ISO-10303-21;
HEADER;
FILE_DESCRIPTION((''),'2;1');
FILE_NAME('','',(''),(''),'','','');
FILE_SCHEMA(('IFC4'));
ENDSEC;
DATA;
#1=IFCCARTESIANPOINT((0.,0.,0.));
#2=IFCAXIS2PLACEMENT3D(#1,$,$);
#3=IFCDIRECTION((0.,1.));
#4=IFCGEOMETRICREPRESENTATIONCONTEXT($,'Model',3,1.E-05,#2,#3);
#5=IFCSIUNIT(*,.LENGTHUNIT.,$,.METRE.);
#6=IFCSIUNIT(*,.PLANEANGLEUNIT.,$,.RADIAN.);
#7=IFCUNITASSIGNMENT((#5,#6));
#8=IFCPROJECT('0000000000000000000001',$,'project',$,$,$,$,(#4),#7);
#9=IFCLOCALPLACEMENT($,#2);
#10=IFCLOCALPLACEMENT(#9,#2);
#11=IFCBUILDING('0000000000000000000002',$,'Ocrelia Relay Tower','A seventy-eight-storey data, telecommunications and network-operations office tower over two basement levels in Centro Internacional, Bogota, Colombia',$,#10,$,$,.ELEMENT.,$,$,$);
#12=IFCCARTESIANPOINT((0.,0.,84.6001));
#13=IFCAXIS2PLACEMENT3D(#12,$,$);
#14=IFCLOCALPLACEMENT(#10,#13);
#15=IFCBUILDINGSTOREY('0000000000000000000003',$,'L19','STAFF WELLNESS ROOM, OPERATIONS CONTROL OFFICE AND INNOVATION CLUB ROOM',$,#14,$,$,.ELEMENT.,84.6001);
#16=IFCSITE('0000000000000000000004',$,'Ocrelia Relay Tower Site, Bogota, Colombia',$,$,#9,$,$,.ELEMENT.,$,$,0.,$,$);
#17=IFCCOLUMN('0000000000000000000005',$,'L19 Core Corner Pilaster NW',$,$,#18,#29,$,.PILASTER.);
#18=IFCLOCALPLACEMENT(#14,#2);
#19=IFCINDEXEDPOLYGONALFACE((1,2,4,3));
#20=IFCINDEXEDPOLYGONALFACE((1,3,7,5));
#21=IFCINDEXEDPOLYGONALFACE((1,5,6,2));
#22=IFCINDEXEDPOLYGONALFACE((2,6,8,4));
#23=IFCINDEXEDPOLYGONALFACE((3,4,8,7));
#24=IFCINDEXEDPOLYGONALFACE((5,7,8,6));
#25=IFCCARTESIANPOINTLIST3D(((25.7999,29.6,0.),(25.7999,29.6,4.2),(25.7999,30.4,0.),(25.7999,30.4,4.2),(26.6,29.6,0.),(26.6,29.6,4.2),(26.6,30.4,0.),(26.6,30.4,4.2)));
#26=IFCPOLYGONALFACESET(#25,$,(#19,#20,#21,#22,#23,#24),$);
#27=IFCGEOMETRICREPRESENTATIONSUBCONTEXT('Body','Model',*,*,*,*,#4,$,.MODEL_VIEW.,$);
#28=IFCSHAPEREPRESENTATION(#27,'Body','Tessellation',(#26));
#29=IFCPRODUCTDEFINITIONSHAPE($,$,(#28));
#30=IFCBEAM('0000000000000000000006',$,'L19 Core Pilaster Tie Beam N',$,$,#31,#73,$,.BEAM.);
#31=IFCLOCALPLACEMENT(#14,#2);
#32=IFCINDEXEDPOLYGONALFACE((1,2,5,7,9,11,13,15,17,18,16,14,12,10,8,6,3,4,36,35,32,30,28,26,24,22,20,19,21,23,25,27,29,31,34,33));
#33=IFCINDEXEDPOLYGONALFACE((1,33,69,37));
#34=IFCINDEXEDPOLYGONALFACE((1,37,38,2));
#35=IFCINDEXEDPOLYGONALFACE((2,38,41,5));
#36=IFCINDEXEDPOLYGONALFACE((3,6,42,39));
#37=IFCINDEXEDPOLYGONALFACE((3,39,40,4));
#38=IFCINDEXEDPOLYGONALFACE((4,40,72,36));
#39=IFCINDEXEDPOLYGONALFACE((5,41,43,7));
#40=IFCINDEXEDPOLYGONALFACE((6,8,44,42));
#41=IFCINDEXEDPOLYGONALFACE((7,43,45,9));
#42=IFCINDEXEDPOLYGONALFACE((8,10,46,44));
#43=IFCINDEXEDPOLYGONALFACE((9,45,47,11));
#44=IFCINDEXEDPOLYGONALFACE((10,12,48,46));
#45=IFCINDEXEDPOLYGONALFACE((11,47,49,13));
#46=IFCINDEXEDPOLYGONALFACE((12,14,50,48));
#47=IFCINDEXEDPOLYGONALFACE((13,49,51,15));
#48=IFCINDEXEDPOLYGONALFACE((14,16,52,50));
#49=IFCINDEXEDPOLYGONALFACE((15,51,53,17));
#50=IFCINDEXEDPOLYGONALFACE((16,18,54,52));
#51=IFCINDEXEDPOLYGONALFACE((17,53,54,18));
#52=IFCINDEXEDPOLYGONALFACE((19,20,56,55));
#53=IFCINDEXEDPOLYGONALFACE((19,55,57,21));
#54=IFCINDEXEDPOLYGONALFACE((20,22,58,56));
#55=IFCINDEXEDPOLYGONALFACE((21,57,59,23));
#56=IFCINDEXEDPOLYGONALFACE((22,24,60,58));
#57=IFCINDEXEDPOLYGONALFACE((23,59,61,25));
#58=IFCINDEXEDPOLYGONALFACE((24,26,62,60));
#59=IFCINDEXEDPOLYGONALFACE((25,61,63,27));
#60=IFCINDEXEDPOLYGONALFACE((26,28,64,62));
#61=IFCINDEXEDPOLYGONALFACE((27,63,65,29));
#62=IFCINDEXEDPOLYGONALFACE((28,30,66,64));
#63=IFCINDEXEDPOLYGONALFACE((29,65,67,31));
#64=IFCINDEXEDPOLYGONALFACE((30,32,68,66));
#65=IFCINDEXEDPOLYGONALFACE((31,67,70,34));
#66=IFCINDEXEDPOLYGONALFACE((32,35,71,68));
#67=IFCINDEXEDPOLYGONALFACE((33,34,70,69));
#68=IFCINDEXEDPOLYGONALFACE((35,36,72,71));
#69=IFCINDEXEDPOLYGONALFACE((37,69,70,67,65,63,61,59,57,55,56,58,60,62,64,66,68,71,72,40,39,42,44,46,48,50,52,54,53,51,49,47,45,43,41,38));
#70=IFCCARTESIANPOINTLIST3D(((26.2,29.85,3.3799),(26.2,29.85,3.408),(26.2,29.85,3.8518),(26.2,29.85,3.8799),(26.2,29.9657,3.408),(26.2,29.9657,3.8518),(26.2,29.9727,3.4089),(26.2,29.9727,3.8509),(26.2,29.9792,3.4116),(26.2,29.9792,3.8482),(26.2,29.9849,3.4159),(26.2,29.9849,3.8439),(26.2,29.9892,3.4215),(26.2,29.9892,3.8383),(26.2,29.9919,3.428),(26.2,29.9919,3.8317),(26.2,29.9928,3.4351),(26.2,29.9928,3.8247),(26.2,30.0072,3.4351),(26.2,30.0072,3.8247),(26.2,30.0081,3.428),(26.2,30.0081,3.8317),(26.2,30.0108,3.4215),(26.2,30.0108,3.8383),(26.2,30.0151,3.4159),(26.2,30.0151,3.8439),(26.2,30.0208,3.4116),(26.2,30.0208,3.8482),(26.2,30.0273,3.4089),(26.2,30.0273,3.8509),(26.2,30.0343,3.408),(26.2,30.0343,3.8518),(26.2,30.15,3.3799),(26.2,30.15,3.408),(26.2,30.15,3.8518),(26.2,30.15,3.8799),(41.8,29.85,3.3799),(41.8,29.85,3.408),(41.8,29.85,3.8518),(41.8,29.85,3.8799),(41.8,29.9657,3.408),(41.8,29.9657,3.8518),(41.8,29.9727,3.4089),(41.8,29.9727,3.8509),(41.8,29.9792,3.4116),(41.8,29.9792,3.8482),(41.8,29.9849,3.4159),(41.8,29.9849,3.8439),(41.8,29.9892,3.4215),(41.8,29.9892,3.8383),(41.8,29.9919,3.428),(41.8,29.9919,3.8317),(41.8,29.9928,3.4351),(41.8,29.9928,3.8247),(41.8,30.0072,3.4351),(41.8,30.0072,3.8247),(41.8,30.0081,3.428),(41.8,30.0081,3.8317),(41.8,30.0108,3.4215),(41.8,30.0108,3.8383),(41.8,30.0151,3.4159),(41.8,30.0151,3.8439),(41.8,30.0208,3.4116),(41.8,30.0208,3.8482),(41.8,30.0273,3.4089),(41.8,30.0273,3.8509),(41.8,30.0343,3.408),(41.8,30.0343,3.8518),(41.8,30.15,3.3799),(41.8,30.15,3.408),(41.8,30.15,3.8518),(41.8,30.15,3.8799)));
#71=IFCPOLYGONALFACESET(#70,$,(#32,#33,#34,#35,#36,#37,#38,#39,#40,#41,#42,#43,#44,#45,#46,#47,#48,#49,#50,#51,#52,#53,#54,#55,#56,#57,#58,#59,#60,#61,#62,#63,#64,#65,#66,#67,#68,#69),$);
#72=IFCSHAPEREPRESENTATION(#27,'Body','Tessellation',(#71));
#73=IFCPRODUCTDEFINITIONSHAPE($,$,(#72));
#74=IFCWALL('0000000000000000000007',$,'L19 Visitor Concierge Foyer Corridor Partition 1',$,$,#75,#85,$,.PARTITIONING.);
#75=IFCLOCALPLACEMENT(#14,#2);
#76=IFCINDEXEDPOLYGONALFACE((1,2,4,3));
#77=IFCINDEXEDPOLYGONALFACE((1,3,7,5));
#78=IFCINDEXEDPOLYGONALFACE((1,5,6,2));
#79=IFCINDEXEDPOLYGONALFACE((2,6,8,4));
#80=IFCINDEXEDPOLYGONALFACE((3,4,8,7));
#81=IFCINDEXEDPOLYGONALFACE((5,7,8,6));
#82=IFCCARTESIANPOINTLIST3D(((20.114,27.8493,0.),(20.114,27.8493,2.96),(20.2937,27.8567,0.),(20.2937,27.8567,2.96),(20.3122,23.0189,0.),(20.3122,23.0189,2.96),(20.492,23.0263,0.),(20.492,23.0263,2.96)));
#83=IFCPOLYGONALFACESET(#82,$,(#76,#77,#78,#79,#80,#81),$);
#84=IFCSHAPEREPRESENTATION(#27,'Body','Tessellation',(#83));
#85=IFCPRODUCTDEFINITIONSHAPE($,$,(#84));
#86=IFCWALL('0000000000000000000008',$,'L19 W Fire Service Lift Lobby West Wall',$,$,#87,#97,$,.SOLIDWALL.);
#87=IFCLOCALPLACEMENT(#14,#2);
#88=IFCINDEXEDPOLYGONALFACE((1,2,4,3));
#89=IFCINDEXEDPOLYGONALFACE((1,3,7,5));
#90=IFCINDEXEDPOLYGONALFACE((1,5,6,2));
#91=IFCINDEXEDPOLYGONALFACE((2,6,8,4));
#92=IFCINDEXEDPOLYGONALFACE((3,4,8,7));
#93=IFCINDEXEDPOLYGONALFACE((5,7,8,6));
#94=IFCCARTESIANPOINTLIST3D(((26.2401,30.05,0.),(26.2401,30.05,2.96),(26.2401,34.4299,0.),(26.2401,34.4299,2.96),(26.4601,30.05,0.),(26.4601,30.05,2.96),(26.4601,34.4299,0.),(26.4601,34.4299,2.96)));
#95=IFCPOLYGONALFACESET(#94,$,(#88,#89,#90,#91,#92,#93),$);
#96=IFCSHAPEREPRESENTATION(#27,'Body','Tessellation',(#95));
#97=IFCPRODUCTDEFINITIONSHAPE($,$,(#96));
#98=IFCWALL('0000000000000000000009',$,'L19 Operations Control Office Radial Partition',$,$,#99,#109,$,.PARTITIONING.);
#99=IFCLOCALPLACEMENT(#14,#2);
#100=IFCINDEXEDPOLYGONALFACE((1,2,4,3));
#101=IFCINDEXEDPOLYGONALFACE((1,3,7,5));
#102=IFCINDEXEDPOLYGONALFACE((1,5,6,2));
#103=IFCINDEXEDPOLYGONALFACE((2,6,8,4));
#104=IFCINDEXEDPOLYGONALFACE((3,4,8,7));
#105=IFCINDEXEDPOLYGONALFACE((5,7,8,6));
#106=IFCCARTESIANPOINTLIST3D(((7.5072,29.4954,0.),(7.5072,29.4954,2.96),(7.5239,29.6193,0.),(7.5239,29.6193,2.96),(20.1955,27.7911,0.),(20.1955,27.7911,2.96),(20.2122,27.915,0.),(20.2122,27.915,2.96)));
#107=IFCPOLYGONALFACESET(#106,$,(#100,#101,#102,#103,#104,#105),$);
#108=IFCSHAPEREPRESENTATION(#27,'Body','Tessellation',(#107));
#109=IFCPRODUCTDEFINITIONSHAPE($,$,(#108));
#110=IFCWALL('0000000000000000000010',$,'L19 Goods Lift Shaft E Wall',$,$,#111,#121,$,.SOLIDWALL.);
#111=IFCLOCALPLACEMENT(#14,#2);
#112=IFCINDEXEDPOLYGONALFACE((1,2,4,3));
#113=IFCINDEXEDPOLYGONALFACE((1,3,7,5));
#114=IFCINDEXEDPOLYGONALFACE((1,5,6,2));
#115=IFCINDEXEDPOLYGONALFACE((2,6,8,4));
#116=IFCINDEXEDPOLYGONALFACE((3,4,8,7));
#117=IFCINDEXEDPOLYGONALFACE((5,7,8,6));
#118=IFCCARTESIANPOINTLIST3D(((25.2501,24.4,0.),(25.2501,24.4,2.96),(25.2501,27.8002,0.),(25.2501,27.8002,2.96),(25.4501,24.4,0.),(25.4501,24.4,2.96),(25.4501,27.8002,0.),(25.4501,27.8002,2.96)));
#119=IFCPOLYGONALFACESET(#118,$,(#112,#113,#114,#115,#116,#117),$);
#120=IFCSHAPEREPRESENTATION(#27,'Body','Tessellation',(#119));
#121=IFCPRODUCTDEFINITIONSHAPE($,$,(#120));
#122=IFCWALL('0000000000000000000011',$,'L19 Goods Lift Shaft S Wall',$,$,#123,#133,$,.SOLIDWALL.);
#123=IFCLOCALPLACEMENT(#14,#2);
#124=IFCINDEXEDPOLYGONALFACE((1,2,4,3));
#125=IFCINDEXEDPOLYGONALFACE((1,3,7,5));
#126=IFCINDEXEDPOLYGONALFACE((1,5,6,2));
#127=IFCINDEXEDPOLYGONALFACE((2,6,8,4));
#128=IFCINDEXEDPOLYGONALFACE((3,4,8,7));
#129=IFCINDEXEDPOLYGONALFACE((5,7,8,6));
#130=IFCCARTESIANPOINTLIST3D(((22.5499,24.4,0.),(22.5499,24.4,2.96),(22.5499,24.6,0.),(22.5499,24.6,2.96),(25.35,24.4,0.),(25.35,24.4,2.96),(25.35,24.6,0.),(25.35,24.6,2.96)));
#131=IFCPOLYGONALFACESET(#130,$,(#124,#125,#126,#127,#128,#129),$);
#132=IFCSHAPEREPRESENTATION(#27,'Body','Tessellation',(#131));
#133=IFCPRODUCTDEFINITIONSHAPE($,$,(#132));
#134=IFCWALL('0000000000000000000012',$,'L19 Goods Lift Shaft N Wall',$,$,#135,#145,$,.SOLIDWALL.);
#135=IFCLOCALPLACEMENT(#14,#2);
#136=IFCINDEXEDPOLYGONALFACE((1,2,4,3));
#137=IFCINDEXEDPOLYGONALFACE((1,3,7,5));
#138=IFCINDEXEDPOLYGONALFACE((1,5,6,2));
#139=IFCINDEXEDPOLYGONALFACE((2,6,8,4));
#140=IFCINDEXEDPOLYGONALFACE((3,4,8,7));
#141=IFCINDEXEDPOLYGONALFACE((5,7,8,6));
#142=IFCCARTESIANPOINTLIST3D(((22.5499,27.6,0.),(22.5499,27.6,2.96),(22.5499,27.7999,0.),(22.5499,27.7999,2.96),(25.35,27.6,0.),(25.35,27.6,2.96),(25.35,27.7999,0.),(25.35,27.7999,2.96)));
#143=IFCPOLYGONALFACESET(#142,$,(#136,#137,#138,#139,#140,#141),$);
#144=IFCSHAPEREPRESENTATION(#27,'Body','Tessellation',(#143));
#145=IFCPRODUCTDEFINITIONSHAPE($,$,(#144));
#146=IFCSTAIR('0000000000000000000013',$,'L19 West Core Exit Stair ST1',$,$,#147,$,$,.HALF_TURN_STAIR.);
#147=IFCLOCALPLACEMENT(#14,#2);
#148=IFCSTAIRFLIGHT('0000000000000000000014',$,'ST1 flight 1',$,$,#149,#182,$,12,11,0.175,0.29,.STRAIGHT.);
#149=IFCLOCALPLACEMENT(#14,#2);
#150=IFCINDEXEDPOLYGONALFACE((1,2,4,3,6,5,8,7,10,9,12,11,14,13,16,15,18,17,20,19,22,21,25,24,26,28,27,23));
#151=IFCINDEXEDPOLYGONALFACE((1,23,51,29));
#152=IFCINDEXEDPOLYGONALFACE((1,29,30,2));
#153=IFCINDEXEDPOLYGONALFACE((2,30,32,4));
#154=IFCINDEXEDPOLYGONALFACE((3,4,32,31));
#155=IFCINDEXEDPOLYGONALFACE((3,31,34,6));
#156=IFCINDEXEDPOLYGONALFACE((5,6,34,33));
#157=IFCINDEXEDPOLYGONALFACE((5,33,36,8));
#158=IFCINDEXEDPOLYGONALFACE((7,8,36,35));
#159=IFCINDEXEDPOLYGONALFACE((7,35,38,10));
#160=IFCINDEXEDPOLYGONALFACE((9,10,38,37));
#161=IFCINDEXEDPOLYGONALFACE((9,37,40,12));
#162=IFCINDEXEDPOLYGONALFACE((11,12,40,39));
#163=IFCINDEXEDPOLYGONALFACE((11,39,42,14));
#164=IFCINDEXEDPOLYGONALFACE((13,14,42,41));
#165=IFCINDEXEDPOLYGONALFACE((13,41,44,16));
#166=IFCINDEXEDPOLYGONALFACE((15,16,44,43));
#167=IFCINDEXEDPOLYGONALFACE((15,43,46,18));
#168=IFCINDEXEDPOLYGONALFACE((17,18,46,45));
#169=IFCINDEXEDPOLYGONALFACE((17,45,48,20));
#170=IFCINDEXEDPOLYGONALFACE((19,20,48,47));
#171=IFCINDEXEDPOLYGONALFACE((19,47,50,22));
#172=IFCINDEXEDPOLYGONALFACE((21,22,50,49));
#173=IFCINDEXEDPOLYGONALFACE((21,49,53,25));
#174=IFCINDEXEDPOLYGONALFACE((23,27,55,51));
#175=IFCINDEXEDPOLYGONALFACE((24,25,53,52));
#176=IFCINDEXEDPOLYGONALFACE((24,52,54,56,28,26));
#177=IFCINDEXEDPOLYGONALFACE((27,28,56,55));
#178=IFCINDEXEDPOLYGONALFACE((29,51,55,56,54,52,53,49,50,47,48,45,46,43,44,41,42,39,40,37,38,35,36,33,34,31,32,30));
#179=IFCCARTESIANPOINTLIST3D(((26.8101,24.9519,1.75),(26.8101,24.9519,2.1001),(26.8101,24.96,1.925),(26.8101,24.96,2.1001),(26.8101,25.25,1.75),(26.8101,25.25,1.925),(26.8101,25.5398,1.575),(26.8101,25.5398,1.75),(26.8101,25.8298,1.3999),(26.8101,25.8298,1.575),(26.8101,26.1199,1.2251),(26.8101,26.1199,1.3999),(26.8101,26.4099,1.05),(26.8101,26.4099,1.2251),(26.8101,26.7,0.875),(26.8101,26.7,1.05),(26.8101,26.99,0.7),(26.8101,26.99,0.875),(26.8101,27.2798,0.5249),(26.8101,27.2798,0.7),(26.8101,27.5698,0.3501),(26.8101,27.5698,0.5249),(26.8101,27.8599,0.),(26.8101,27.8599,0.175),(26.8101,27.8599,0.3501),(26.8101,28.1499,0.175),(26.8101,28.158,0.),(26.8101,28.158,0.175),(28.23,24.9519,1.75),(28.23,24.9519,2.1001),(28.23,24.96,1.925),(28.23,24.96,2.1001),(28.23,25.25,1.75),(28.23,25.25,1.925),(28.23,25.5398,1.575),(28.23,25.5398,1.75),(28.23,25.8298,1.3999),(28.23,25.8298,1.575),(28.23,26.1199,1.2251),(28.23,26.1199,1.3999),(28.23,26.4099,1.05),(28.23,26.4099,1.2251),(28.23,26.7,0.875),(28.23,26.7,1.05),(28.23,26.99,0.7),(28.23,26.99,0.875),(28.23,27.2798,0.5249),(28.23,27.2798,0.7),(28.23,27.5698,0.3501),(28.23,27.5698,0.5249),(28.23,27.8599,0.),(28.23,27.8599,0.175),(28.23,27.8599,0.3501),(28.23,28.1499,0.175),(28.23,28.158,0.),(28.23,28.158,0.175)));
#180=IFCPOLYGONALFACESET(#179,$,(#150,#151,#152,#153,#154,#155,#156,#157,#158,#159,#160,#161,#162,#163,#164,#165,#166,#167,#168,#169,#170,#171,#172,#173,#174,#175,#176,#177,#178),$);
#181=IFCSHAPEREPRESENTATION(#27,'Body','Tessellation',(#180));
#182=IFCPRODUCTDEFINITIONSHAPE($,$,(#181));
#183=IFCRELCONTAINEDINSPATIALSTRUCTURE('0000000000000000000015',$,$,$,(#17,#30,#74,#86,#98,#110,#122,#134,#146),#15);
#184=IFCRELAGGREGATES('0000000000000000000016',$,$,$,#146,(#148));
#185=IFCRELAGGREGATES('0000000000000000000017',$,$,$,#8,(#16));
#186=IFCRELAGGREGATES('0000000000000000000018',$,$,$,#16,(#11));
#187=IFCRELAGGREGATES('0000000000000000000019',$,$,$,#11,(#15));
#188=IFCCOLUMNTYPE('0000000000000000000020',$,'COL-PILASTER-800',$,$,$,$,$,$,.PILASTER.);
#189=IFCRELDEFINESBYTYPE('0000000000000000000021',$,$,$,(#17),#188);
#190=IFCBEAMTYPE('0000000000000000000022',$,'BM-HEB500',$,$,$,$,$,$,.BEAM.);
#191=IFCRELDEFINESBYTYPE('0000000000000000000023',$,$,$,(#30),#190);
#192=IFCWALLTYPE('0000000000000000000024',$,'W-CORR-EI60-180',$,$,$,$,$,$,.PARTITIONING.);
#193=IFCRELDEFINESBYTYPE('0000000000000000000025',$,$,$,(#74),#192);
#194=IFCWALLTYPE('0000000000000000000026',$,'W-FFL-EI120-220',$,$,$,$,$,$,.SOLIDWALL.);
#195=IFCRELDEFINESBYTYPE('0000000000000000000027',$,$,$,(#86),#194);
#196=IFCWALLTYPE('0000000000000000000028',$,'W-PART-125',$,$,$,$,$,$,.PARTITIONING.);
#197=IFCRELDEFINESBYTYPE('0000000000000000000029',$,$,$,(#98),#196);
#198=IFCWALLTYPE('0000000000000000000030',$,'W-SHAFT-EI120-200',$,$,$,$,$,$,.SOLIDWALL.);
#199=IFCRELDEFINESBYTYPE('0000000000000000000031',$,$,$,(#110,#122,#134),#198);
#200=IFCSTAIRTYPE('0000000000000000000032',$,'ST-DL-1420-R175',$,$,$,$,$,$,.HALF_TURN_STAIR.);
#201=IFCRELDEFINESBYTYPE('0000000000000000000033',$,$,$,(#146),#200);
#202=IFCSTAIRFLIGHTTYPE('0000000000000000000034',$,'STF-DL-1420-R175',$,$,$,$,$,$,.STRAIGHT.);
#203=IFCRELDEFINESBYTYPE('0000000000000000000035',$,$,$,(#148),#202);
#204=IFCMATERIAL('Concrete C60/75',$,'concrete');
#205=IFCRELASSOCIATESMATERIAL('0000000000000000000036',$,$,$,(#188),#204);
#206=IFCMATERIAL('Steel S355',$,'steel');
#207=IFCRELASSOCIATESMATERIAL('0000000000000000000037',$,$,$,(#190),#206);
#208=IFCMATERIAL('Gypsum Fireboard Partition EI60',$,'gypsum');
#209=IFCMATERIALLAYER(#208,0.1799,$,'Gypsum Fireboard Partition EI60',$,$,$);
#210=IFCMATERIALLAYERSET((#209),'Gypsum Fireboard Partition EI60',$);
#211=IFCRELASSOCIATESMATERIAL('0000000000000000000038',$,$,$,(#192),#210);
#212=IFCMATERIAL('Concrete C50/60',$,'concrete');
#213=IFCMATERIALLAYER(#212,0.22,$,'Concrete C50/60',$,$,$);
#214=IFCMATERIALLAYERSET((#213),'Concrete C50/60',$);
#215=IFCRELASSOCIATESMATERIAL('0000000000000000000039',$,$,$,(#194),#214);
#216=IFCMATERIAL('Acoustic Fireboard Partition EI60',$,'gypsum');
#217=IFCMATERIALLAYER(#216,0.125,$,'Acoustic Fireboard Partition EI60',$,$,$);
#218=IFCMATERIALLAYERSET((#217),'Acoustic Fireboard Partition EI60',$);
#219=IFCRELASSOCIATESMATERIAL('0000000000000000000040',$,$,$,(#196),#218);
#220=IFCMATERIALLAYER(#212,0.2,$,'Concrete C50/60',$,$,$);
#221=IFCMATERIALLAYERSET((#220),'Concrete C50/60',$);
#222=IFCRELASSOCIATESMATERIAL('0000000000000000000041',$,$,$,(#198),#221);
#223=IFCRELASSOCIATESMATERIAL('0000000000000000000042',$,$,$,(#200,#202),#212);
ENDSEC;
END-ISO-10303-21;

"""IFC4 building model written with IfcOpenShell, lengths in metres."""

from ifc_helpers import new_model, si_unit, direction, frame, frame_2d, origin, origin_2d, place, context, subcontext, project, spatial, polyline, rectangle, i_section, outline, extrude, material, layer, layer_set, material_profile, profile_set, type_object, element, aggregate, save


model = new_model("IFC4")

# Units and contexts
model_context = context("Model", 3, precision=1e-05, world=origin(), true_north=direction((0.0, 1.0)))
body_context = subcontext(model_context, "Body", "Model", "MODEL_VIEW")
ifc_project = project(units=[si_unit("LENGTHUNIT", "METRE"), si_unit("PLANEANGLEUNIT", "RADIAN")], contexts=[model_context])

# Site, building, storey
site_placement = place(None, origin())
site = spatial("IfcSite", under=ifc_project, at=site_placement, Name="Ocrelia Relay Tower Site, Bogota, Colombia", CompositionType="ELEMENT", RefElevation=0.0)
building_placement = place(site_placement, origin())
building = spatial("IfcBuilding", under=site, at=building_placement, Name="Ocrelia Relay Tower", Description="A seventy-eight-storey data, telecommunications and network-operations office tower over two basement levels in Centro Internacional, Bogota, Colombia", CompositionType="ELEMENT")
storey_placement = place(building_placement, frame((0.0, 0.0, 84.6001)))
storey = spatial("IfcBuildingStorey", under=building, at=storey_placement, Name="L19", Description="STAFF WELLNESS ROOM, OPERATIONS CONTROL OFFICE AND INNOVATION CLUB ROOM", CompositionType="ELEMENT", Elevation=84.6001)

# Column
ifc_material_1 = material(Name="Concrete C60/75", Category="concrete")
ifc_material_profile_1 = material_profile(ifc_material_1, rectangle(XDim=0.8, YDim=0.8, at=origin_2d()), Name="RC-COL-800x800")
ifc_profile_set_1 = profile_set([ifc_material_profile_1], Name="Concrete C60/75")
column_type = type_object("IfcColumnType", Name="COL-PILASTER-800", PredefinedType="PILASTER", material=ifc_profile_set_1)
column_placement = place(storey_placement, frame((26.2, 30.0, 0.0), z_axis=(0.0, 0.0, 1.0), x_axis=(1.0, 0.0, 0.0)))
element("IfcColumn", 1, at=column_placement, inside=storey, type_object=column_type, Name="L19 Core Corner Pilaster NW", PredefinedType="PILASTER", context=body_context, shape_type="SweptSolid", body=[
    extrude(rectangle(XDim=0.8, YDim=0.8, at=origin_2d()), origin(), (0.0, 0.0, 1.0), 4.2),
])

# Beam
ifc_material_2 = material(Name="Steel S355", Category="steel")
ifc_material_profile_2 = material_profile(ifc_material_2, i_section(OverallWidth=0.3, OverallDepth=0.5, WebThickness=0.0144, FlangeThickness=0.0281, FilletRadius=0.0271, at=origin_2d()), Name="HEB 500")
ifc_profile_set_2 = profile_set([ifc_material_profile_2], Name="Steel S355")
beam_type = type_object("IfcBeamType", Name="BM-HEB500", PredefinedType="BEAM", material=ifc_profile_set_2)
beam_placement = place(storey_placement, frame((26.2, 30.0, 3.6299), z_axis=(1.0, 0.0, 0.0), x_axis=(0.0, 1.0, 0.0)))
element("IfcBeam", 2, at=beam_placement, inside=storey, type_object=beam_type, Name="L19 Core Pilaster Tie Beam N", PredefinedType="BEAM", context=body_context, shape_type="SweptSolid", body=[
    extrude(i_section(OverallWidth=0.3, OverallDepth=0.5, WebThickness=0.0144, FlangeThickness=0.0281, FilletRadius=0.0271, at=origin_2d()), origin(), (0.0, 0.0, 1.0), 15.6001),
])

# Wall
ifc_material_3 = material(Name="Gypsum Fireboard Partition EI60", Category="gypsum")
ifc_layer_1 = layer(ifc_material_3, 0.1799, Name="Gypsum Fireboard Partition EI60")
ifc_layer_set_1 = layer_set([ifc_layer_1], Name="Gypsum Fireboard Partition EI60")
wall_type_1 = type_object("IfcWallType", Name="W-CORR-EI60-180", PredefinedType="PARTITIONING", material=ifc_layer_set_1)
wall_1_placement = place(storey_placement, frame((20.2039, 27.853, 0.0), z_axis=(0.0, 0.0, 1.0), x_axis=(0.041007, -0.999159, 0.0)))
element("IfcWall", 3, at=wall_1_placement, inside=storey, type_object=wall_type_1, Name="L19 Visitor Concierge Foyer Corridor Partition 1", PredefinedType="PARTITIONING", context=body_context, shape_type="SweptSolid", body=[
    extrude(rectangle(XDim=4.8345, YDim=0.1799, at=frame_2d((2.4172, 0.0))), origin(), (0.0, 0.0, 1.0), 2.96),
])

# Walls
ifc_material_4 = material(Name="Concrete C50/60", Category="concrete")
ifc_layer_2 = layer(ifc_material_4, 0.22, Name="Concrete C50/60")
ifc_layer_set_2 = layer_set([ifc_layer_2], Name="Concrete C50/60")
wall_type_2 = type_object("IfcWallType", Name="W-FFL-EI120-220", PredefinedType="SOLIDWALL", material=ifc_layer_set_2)
wall_2_placement = place(storey_placement, frame((26.3501, 30.05, 0.0), z_axis=(0.0, 0.0, 1.0), x_axis=(0.0, 1.0, 0.0)))
element("IfcWall", 4, at=wall_2_placement, inside=storey, type_object=wall_type_2, Name="L19 W Fire Service Lift Lobby West Wall", PredefinedType="SOLIDWALL", context=body_context, shape_type="SweptSolid", body=[
    extrude(rectangle(XDim=4.3799, YDim=0.22, at=frame_2d((2.1899, 0.0))), origin(), (0.0, 0.0, 1.0), 2.96),
])
ifc_material_5 = material(Name="Acoustic Fireboard Partition EI60", Category="gypsum")
ifc_layer_3 = layer(ifc_material_5, 0.125, Name="Acoustic Fireboard Partition EI60")
ifc_layer_set_3 = layer_set([ifc_layer_3], Name="Acoustic Fireboard Partition EI60")
wall_type_3 = type_object("IfcWallType", Name="W-PART-125", PredefinedType="PARTITIONING", material=ifc_layer_set_3)
wall_3_placement = place(storey_placement, frame((20.2039, 27.853, 0.0), z_axis=(0.0, 0.0, 1.0), x_axis=(-0.991099, 0.133129, 0.0)))
element("IfcWall", 5, at=wall_3_placement, inside=storey, type_object=wall_type_3, Name="L19 Operations Control Office Radial Partition", PredefinedType="PARTITIONING", context=body_context, shape_type="SweptSolid", body=[
    extrude(rectangle(XDim=12.8022, YDim=0.125, at=frame_2d((6.4011, 0.0))), origin(), (0.0, 0.0, 1.0), 2.96),
])

# Shared definitions
ifc_layer_4 = layer(ifc_material_4, 0.2, Name="Concrete C50/60")
ifc_layer_set_4 = layer_set([ifc_layer_4], Name="Concrete C50/60")
wall_type_4 = type_object("IfcWallType", Name="W-SHAFT-EI120-200", PredefinedType="SOLIDWALL", material=ifc_layer_set_4)

# Walls
wall_4_placement = place(storey_placement, frame((25.3501, 24.3999, 0.0), z_axis=(0.0, 0.0, 1.0), x_axis=(0.0, 1.0, 0.0)))
element("IfcWall", 6, at=wall_4_placement, inside=storey, type_object=wall_type_4, Name="L19 Goods Lift Shaft E Wall", PredefinedType="SOLIDWALL", context=body_context, shape_type="SweptSolid", body=[
    extrude(rectangle(XDim=3.4001, YDim=0.2, at=frame_2d((1.7002, 0.0))), origin(), (0.0, 0.0, 1.0), 2.96),
])
for number, where, z_axis, x_axis, name in (
    (7, (22.55, 24.5, 0.0), (0.0, 0.0, 1.0), (1.0, 0.0, 0.0), "L19 Goods Lift Shaft S Wall"),
    (8, (22.55, 27.7, 0.0), (0.0, 0.0, 1.0), (1.0, 0.0, 0.0), "L19 Goods Lift Shaft N Wall"),
):
    element("IfcWall", number, at=place(storey_placement, frame(where, z_axis=z_axis, x_axis=x_axis)), inside=storey, type_object=wall_type_4, Name=name, PredefinedType="SOLIDWALL", context=body_context, shape_type="SweptSolid", body=[
        extrude(rectangle(XDim=2.8, YDim=0.2, at=frame_2d((1.3999, 0.0))), origin(), (0.0, 0.0, 1.0), 2.96),
    ])

# Stair, stair flight
stair_type = type_object("IfcStairType", Name="ST-DL-1420-R175", PredefinedType="HALF_TURN_STAIR", material=ifc_material_4)
stair_placement = place(storey_placement, origin())
stair = element("IfcStair", 9, at=stair_placement, inside=storey, type_object=stair_type, Name="L19 West Core Exit Stair ST1", PredefinedType="HALF_TURN_STAIR")
stair_flight_type = type_object("IfcStairFlightType", Name="STF-DL-1420-R175", PredefinedType="STRAIGHT", material=ifc_material_4)
stair_flight_1_placement = place(storey_placement, frame((27.52, 28.1499, 0.0), z_axis=(0.0, 0.0, 1.0), x_axis=(0.0, -1.0, 0.0)))
stair_flight_1 = element("IfcStairFlight", 10, at=stair_flight_1_placement, type_object=stair_flight_type, Name="ST1 flight 1", NumberOfRisers=12, NumberOfTreads=11, PredefinedType="STRAIGHT", RiserHeight=0.175, TreadLength=0.29, context=body_context, shape_type="SweptSolid", body=[
    extrude(outline(polyline([(-0.0081, 0.0), (-0.0081, 0.175), (0.0, 0.175), (0.29, 0.175), (0.29, 0.3501), (0.5801, 0.3501), (0.5801, 0.5249), (0.8701, 0.5249), (0.8701, 0.7), (1.1599, 0.7), (1.1599, 0.875), (1.45, 0.875), (1.45, 1.05), (1.74, 1.05), (1.74, 1.2251), (2.03, 1.2251), (2.03, 1.3999), (2.3201, 1.3999), (2.3201, 1.575), (2.6101, 1.575), (2.6101, 1.75), (2.8999, 1.75), (2.8999, 1.925), (3.1899, 1.925), (3.1899, 2.1001), (3.198, 2.1001), (3.198, 1.75), (0.29, 0.0), (-0.0081, 0.0)])), frame((0.0, 0.71, 0.0), z_axis=(0.0, -1.0, 0.0), x_axis=(1.0, 0.0, 0.0)), (0.0, 0.0, 1.0), 1.4199),
])
aggregate(stair, [stair_flight_1])

save(model, "model.ifc")
